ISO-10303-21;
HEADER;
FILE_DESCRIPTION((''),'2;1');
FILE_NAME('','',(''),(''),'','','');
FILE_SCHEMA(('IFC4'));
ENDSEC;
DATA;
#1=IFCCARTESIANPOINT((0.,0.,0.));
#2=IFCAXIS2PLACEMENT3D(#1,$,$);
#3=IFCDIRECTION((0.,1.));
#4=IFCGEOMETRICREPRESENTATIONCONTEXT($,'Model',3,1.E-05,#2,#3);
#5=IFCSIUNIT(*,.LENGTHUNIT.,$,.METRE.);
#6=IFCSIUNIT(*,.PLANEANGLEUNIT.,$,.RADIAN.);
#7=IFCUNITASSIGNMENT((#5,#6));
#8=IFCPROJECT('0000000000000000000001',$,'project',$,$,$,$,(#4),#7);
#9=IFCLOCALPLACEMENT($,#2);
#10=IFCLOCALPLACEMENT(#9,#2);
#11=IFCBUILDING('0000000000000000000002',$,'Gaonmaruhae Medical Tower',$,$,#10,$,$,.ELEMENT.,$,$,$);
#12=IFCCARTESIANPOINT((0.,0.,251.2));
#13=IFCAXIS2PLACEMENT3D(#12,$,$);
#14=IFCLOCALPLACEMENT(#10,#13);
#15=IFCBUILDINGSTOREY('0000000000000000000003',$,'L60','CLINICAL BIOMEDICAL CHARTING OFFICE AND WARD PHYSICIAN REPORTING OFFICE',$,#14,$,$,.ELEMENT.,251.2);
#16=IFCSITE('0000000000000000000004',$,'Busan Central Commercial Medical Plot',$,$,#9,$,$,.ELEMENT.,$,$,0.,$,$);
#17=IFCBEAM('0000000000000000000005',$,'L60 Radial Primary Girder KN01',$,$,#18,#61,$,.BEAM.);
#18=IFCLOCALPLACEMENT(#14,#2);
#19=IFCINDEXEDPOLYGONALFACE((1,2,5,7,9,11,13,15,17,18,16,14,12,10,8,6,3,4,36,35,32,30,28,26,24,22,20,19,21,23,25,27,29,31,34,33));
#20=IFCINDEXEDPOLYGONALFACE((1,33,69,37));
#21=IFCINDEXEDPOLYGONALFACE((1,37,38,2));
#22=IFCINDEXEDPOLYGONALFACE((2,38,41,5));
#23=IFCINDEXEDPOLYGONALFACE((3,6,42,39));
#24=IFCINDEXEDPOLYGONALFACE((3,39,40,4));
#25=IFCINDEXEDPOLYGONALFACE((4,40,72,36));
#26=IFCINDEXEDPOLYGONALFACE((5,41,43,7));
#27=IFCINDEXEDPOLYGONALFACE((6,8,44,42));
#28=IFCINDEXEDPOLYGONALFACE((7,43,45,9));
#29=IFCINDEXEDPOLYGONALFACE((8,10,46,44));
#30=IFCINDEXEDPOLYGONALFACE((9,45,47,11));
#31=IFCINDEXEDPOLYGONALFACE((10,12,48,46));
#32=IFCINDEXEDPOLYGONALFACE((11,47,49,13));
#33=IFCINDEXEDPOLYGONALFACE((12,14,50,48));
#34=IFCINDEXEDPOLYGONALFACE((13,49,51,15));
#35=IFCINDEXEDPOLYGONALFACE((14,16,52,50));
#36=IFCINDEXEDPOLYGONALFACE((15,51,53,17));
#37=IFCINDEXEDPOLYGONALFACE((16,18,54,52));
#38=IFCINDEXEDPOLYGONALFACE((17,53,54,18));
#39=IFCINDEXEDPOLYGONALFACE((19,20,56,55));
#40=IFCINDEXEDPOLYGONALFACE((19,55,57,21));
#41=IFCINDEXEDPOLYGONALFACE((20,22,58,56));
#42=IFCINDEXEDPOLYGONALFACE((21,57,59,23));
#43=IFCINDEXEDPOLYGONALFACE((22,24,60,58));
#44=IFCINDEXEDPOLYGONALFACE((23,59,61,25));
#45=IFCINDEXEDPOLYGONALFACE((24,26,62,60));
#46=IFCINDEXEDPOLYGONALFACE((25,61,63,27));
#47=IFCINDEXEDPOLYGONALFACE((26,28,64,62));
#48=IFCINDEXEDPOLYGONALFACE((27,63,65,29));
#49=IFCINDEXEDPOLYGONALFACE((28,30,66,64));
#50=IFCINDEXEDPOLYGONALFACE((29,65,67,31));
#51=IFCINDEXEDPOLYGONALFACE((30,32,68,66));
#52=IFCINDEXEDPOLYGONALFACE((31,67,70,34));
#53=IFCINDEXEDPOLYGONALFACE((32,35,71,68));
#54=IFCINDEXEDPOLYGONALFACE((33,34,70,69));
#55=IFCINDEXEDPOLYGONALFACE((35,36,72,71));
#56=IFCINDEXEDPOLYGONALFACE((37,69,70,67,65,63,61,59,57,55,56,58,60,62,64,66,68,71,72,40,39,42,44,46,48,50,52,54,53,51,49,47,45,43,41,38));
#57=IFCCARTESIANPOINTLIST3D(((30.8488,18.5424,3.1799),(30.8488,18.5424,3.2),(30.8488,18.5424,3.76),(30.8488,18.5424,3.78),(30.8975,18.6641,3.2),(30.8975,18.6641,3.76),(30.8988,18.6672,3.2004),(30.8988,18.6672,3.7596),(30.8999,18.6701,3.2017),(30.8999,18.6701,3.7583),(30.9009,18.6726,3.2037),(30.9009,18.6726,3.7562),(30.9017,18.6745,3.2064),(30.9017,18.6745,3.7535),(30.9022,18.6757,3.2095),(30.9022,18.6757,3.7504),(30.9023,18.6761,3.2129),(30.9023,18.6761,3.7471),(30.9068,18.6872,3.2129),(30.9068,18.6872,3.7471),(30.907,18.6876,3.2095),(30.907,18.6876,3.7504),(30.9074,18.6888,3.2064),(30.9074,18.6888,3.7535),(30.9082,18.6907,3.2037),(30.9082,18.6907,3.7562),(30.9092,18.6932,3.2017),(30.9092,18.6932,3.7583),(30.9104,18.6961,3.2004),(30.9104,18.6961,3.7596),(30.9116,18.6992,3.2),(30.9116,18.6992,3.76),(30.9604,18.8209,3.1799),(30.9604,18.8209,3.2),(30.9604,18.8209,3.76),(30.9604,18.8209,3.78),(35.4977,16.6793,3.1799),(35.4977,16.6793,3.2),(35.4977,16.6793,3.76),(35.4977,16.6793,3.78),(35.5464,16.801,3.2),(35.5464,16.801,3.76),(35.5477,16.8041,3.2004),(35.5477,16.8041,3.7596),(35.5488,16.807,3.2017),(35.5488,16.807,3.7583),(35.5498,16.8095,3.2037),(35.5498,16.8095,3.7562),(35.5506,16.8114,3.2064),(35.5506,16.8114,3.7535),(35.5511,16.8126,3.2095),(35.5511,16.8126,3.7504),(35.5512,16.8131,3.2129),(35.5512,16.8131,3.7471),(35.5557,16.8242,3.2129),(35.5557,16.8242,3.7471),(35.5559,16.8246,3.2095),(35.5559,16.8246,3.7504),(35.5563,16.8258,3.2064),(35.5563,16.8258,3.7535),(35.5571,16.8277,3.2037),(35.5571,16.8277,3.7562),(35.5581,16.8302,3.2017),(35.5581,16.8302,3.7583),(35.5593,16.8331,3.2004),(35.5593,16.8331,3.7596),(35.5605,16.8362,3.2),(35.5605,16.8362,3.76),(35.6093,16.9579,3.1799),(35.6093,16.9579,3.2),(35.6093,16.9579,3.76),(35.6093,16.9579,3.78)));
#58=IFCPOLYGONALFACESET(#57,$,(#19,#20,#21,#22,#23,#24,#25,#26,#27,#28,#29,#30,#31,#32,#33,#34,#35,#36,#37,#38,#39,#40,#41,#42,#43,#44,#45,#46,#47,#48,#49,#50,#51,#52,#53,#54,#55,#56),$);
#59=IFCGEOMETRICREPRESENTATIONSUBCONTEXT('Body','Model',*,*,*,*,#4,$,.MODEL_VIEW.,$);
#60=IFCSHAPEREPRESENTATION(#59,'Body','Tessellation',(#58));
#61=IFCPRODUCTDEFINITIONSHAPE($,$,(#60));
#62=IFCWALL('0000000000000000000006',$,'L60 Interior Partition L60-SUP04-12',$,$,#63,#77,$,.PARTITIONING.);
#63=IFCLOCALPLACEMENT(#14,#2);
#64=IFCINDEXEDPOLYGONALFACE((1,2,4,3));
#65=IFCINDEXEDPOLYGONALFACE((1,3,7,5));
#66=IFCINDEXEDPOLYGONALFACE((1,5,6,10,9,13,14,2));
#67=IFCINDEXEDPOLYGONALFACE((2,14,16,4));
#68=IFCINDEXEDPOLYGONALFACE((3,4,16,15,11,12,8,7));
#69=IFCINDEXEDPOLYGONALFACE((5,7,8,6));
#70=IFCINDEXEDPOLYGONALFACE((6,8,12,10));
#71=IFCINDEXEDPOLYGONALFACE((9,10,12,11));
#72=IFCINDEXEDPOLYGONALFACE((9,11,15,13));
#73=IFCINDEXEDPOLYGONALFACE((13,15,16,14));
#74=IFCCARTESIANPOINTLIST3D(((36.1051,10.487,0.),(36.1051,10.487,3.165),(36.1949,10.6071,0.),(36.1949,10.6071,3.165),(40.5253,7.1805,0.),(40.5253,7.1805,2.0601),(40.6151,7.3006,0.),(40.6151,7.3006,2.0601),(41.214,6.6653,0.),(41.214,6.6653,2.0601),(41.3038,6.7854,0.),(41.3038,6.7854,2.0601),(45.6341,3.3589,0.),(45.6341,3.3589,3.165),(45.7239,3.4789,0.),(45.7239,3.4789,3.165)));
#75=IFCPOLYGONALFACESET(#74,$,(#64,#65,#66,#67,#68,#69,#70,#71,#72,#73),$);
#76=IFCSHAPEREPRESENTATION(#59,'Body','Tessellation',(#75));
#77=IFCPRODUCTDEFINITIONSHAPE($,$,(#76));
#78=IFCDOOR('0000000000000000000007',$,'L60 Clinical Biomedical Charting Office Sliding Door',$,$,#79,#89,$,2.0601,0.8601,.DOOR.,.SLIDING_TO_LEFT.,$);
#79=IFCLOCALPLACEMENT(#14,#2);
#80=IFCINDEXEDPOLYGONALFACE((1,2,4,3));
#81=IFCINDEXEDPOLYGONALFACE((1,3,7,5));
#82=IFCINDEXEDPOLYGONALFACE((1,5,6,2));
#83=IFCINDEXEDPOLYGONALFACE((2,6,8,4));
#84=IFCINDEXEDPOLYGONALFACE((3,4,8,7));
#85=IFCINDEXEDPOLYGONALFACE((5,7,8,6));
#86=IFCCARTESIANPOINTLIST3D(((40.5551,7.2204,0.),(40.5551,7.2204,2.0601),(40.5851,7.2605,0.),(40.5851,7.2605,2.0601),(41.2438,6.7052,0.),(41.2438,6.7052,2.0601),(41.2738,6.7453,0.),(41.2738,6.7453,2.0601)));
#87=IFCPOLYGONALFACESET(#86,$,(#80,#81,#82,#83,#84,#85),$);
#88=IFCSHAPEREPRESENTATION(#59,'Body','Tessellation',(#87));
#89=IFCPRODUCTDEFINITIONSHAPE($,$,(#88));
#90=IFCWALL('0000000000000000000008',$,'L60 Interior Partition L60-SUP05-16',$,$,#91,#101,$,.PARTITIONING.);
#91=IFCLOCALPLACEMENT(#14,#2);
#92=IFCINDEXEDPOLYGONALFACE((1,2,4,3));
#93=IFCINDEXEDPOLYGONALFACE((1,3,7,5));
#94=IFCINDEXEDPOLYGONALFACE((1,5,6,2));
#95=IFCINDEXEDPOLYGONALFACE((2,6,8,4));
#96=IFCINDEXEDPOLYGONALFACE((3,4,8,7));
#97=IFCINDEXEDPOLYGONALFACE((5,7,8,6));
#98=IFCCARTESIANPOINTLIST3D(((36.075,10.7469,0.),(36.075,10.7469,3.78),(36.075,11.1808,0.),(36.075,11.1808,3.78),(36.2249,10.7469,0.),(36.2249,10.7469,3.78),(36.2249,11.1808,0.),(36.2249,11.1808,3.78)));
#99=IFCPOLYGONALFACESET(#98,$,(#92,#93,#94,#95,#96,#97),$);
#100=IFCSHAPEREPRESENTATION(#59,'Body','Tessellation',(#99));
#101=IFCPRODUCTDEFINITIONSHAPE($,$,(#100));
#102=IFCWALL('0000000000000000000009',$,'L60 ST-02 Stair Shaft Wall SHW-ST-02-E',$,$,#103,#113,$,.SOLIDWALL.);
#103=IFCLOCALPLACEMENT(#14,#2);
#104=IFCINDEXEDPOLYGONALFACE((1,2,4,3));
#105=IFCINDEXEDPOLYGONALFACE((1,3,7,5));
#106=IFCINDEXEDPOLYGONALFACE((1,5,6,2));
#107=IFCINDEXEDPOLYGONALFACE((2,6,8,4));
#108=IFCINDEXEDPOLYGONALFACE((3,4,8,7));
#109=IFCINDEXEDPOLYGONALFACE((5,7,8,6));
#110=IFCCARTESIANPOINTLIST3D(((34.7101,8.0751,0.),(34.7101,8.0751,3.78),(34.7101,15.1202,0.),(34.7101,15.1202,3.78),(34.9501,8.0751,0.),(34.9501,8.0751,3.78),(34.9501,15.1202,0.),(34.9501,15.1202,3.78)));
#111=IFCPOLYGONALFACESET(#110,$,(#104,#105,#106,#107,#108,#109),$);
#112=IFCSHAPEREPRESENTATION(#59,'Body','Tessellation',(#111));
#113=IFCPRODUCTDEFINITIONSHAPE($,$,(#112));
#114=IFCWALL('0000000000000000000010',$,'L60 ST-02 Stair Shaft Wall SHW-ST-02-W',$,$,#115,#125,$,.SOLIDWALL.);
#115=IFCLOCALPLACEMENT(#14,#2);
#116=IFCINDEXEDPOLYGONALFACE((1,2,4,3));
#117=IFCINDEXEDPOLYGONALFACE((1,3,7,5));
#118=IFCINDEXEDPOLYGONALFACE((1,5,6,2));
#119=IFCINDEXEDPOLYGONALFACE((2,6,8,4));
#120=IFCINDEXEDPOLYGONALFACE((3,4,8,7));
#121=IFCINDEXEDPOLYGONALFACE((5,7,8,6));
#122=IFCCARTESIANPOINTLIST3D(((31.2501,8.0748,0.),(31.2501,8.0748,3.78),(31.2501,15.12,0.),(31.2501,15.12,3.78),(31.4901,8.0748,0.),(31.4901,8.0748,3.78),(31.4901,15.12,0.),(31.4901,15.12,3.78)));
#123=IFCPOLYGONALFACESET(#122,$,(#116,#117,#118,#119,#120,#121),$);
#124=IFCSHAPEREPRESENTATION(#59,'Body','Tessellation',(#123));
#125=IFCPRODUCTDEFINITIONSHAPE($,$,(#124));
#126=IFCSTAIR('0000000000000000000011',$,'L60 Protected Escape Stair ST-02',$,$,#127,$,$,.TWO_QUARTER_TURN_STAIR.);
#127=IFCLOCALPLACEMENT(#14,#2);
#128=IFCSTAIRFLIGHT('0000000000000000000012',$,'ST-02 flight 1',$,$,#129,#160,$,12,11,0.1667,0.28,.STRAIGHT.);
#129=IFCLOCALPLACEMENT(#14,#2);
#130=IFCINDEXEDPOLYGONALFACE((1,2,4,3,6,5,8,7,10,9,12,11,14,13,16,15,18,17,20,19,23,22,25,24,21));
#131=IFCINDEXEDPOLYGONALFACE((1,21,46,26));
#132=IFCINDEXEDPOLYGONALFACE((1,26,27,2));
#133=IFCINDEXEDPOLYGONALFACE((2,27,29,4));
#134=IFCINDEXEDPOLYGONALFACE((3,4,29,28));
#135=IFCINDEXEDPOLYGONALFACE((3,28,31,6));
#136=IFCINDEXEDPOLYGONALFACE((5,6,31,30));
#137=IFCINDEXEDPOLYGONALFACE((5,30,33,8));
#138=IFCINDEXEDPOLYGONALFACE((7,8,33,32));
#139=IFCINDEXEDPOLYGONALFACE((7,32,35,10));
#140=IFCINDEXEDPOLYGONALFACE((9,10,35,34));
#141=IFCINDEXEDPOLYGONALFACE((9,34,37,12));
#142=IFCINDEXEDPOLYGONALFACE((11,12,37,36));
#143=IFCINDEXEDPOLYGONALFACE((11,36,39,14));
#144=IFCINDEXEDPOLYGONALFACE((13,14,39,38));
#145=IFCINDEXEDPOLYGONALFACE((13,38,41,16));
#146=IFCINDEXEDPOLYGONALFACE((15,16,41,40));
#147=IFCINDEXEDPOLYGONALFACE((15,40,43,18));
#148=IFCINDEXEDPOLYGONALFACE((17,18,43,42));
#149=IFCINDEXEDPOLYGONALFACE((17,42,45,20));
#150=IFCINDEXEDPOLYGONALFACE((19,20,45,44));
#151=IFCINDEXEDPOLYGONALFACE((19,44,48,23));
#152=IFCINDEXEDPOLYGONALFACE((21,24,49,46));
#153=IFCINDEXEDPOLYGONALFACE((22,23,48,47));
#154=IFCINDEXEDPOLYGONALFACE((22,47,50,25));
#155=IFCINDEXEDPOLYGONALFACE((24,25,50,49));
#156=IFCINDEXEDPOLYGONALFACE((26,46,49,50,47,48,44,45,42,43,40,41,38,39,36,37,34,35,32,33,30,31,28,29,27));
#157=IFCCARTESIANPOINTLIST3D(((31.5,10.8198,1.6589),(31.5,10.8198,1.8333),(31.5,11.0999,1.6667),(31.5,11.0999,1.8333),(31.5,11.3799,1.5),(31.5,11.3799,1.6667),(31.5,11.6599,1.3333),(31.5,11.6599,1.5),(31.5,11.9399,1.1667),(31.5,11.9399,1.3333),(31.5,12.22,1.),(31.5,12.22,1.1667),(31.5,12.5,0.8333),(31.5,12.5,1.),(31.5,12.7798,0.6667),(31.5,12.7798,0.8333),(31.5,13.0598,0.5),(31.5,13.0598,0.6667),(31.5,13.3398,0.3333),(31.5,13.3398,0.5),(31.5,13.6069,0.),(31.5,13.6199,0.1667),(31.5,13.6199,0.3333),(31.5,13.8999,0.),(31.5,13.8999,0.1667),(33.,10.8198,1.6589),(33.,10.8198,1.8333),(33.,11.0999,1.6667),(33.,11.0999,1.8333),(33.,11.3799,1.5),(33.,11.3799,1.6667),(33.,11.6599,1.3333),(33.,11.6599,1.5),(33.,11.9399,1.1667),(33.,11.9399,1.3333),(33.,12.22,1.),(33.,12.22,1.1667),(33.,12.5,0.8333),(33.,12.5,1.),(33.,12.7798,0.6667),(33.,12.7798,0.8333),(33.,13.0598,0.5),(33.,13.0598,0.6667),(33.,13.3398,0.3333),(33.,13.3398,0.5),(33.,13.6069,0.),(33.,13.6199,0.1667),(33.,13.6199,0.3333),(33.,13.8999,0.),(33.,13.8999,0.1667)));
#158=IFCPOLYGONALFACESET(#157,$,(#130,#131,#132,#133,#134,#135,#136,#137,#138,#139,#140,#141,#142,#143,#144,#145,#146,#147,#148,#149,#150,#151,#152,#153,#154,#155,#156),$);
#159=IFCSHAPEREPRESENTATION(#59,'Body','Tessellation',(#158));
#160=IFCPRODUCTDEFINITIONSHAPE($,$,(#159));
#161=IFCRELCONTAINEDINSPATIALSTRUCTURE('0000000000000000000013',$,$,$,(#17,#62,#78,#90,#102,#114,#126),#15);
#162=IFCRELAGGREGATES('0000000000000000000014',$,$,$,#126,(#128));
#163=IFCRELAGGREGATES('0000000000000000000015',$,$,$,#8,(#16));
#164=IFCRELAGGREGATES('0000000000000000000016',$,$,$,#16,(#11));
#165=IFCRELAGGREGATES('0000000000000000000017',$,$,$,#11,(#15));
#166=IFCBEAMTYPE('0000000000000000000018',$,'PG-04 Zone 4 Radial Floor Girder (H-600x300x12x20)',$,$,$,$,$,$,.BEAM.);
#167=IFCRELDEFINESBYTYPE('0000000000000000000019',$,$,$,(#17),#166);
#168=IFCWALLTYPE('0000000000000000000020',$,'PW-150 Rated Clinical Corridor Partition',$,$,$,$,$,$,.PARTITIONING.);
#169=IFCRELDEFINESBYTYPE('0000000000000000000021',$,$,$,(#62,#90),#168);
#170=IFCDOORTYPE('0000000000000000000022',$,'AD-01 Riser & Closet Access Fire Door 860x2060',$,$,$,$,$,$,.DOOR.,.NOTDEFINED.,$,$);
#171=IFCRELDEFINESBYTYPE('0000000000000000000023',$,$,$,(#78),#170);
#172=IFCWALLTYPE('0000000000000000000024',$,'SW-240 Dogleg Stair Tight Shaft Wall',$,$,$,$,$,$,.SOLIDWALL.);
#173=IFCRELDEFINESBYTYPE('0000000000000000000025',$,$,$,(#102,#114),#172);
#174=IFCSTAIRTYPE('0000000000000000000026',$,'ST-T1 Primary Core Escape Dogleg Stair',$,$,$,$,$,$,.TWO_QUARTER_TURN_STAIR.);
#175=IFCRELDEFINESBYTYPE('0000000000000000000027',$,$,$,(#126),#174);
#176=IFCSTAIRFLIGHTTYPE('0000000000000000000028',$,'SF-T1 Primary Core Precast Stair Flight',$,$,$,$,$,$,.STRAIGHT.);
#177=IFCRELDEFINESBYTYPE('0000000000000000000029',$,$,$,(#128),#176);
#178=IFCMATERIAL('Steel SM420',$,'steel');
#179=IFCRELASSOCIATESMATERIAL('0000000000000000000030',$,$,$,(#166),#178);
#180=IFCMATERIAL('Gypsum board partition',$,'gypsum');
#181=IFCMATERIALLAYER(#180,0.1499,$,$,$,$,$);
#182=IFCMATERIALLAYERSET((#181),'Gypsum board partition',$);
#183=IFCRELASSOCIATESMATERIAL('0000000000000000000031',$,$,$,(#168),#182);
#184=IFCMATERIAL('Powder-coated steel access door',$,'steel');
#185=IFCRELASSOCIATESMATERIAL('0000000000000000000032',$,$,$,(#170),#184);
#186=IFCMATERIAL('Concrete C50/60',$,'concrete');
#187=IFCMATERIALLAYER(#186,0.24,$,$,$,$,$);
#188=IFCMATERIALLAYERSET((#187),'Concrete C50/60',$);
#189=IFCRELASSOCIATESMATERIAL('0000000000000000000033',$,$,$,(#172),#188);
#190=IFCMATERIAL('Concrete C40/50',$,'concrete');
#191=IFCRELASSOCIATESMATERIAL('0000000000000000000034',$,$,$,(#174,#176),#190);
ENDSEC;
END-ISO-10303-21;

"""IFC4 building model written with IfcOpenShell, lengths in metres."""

from ifc_helpers import new_model, si_unit, direction, frame, frame_2d, origin, origin_2d, place, context, subcontext, project, spatial, polyline, rectangle, i_section, outline, extrude, material, layer, layer_set, material_profile, profile_set, type_object, element, fill, aggregate, save


model = new_model("IFC4")

# Units and contexts
model_context = context("Model", 3, precision=1e-05, world=origin(), true_north=direction((0.0, 1.0)))
body_context = subcontext(model_context, "Body", "Model", "MODEL_VIEW")
ifc_project = project(units=[si_unit("LENGTHUNIT", "METRE"), si_unit("PLANEANGLEUNIT", "RADIAN")], contexts=[model_context])

# Site, building, storey
site_placement = place(None, origin())
site = spatial("IfcSite", under=ifc_project, at=site_placement, Name="Busan Central Commercial Medical Plot", CompositionType="ELEMENT", RefElevation=0.0)
building_placement = place(site_placement, origin())
building = spatial("IfcBuilding", under=site, at=building_placement, Name="Gaonmaruhae Medical Tower", CompositionType="ELEMENT")
storey_placement = place(building_placement, frame((0.0, 0.0, 251.2)))
storey = spatial("IfcBuildingStorey", under=building, at=storey_placement, Name="L60", Description="CLINICAL BIOMEDICAL CHARTING OFFICE AND WARD PHYSICIAN REPORTING OFFICE", CompositionType="ELEMENT", Elevation=251.2)

# Shared definitions
ifc_material_1 = material(Name="Concrete C50/60", Category="concrete")

# Beam
ifc_material_2 = material(Name="Steel SM420", Category="steel")
ifc_material_profile_1 = material_profile(ifc_material_2, i_section(OverallWidth=0.3, OverallDepth=0.6001, WebThickness=0.012, FlangeThickness=0.02, FilletRadius=0.0129, at=origin_2d()), Name="H-600x300x12x20")
ifc_profile_set_1 = profile_set([ifc_material_profile_1], Name="Steel SM420")
beam_type = type_object("IfcBeamType", Name="PG-04 Zone 4 Radial Floor Girder (H-600x300x12x20)", PredefinedType="BEAM", material=ifc_profile_set_1)
beam_1_placement = place(storey_placement, frame((35.5535, 16.8186, 3.48), z_axis=(-0.928238, 0.371987, 0.0), x_axis=(-0.371987, -0.928238, 0.0)))
element("IfcBeam", 1, at=beam_1_placement, inside=storey, type_object=beam_type, Name="L60 Radial Primary Girder KN01", PredefinedType="BEAM", context=body_context, shape_type="SweptSolid", body=[
    extrude(i_section(OverallWidth=0.3, OverallDepth=0.6001, WebThickness=0.012, FlangeThickness=0.02, FilletRadius=0.0129, at=origin_2d()), origin(), (0.0, 0.0, 1.0), 5.0083),
])

# Wall, opening, door
ifc_material_3 = material(Name="Gypsum board partition", Category="gypsum")
ifc_layer_1 = layer(ifc_material_3, 0.1499)
ifc_layer_set_1 = layer_set([ifc_layer_1], Name="Gypsum board partition")
wall_type_1 = type_object("IfcWallType", Name="PW-150 Rated Clinical Corridor Partition", PredefinedType="PARTITIONING", material=ifc_layer_set_1)
wall_1_placement = place(storey_placement, frame((36.1499, 10.5471, 0.0), z_axis=(0.0, 0.0, 1.0), x_axis=(0.80075, -0.598998, 0.0)))
wall_1 = element("IfcWall", 2, at=wall_1_placement, inside=storey, type_object=wall_type_1, Name="L60 Interior Partition L60-SUP04-12", PredefinedType="PARTITIONING", context=body_context, shape_type="SweptSolid", body=[
    extrude(rectangle(XDim=11.9001, YDim=0.1499, at=frame_2d((5.9502, 0.0))), origin(), (0.0, 0.0, 1.0), 3.165),
])
opening_1_placement = place(wall_1_placement, frame((5.52, 0.0, 0.0)))
opening_1 = element("IfcOpeningElement", 3, at=opening_1_placement, cuts=wall_1, PredefinedType="OPENING", context=body_context, shape_type="SweptSolid", body=[
    extrude(rectangle(XDim=0.8601, YDim=2.0601, at=frame_2d((0.4302, 1.03))), frame((0.0, 0.085, 0.0), z_axis=(0.0, -1.0, 0.0), x_axis=(1.0, 0.0, 0.0)), (0.0, 0.0, 1.0), 0.1699),
])
ifc_material_4 = material(Name="Powder-coated steel access door", Category="steel")
door_type_1 = type_object("IfcDoorType", Name="AD-01 Riser & Closet Access Fire Door 860x2060", OperationType="NOTDEFINED", PredefinedType="DOOR", material=ifc_material_4)
door_1_placement = place(opening_1_placement, origin())
door_1 = element("IfcDoor", 4, at=door_1_placement, inside=storey, type_object=door_type_1, Name="L60 Clinical Biomedical Charting Office Sliding Door", OperationType="SLIDING_TO_LEFT", OverallHeight=2.0601, OverallWidth=0.8601, PredefinedType="DOOR", context=body_context, shape_type="SweptSolid", body=[
    extrude(rectangle(XDim=0.8601, YDim=2.0601, at=frame_2d((0.4302, 1.03))), frame((0.0, 0.0249, 0.0), z_axis=(0.0, -1.0, 0.0), x_axis=(1.0, 0.0, 0.0)), (0.0, 0.0, 1.0), 0.05),
])
fill(opening_1, door_1)

# Wall
wall_2_placement = place(storey_placement, frame((36.1499, 10.7471, 0.0), z_axis=(0.0, 0.0, 1.0), x_axis=(0.0, 1.0, 0.0)))
element("IfcWall", 5, at=wall_2_placement, inside=storey, type_object=wall_type_1, Name="L60 Interior Partition L60-SUP05-16", PredefinedType="PARTITIONING", context=body_context, shape_type="SweptSolid", body=[
    extrude(rectangle(XDim=0.4338, YDim=0.1499, at=frame_2d((0.2168, 0.0))), origin(), (0.0, 0.0, 1.0), 3.78),
])

# Shared definitions
ifc_layer_2 = layer(ifc_material_1, 0.24)
ifc_layer_set_2 = layer_set([ifc_layer_2], Name="Concrete C50/60")
wall_type_2 = type_object("IfcWallType", Name="SW-240 Dogleg Stair Tight Shaft Wall", PredefinedType="SOLIDWALL", material=ifc_layer_set_2)

# Walls
for number, where, z_axis, x_axis, name in (
    (6, (34.8301, 15.1201, 0.0), (0.0, 0.0, 1.0), (0.0, -1.0, 0.0), "L60 ST-02 Stair Shaft Wall SHW-ST-02-E"),
    (7, (31.3701, 8.075, 0.0), (0.0, 0.0, 1.0), (0.0, 1.0, 0.0), "L60 ST-02 Stair Shaft Wall SHW-ST-02-W"),
):
    element("IfcWall", number, at=place(storey_placement, frame(where, z_axis=z_axis, x_axis=x_axis)), inside=storey, type_object=wall_type_2, Name=name, PredefinedType="SOLIDWALL", context=body_context, shape_type="SweptSolid", body=[
        extrude(rectangle(XDim=7.0452, YDim=0.24, at=frame_2d((3.5225, 0.0))), origin(), (0.0, 0.0, 1.0), 3.78),
    ])

# Stair, stair flight
ifc_material_5 = material(Name="Concrete C40/50", Category="concrete")
stair_type = type_object("IfcStairType", Name="ST-T1 Primary Core Escape Dogleg Stair", PredefinedType="TWO_QUARTER_TURN_STAIR", material=ifc_material_5)
stair_placement = place(storey_placement, origin())
stair = element("IfcStair", 8, at=stair_placement, inside=storey, type_object=stair_type, Name="L60 Protected Escape Stair ST-02", PredefinedType="TWO_QUARTER_TURN_STAIR")
stair_flight_type = type_object("IfcStairFlightType", Name="SF-T1 Primary Core Precast Stair Flight", PredefinedType="STRAIGHT", material=ifc_material_5)
stair_flight_1_placement = place(storey_placement, frame((32.25, 13.8999, 0.0), z_axis=(0.0, 0.0, 1.0), x_axis=(0.0, -1.0, 0.0)))
stair_flight_1 = element("IfcStairFlight", 9, at=stair_flight_1_placement, type_object=stair_flight_type, Name="ST-02 flight 1", NumberOfRisers=12, NumberOfTreads=11, PredefinedType="STRAIGHT", RiserHeight=0.1667, TreadLength=0.28, context=body_context, shape_type="SweptSolid", body=[
    extrude(outline(polyline([(0.0, 0.0), (0.0, 0.1667), (0.28, 0.1667), (0.28, 0.3333), (0.5601, 0.3333), (0.5601, 0.5), (0.8401, 0.5), (0.8401, 0.6667), (1.1201, 0.6667), (1.1201, 0.8333), (1.3999, 0.8333), (1.3999, 1.0), (1.6799, 1.0), (1.6799, 1.1667), (1.96, 1.1667), (1.96, 1.3333), (2.24, 1.3333), (2.24, 1.5), (2.52, 1.5), (2.52, 1.6667), (2.8, 1.6667), (2.8, 1.8333), (3.0801, 1.8333), (3.0801, 2.0), (3.0801, 1.6589), (0.293, 0.0), (0.0, 0.0)])), frame((0.0, 0.75, 0.0), z_axis=(0.0, -1.0, 0.0), x_axis=(1.0, 0.0, 0.0)), (0.0, 0.0, 1.0), 1.5),
])
aggregate(stair, [stair_flight_1])

save(model, "model.ifc")
